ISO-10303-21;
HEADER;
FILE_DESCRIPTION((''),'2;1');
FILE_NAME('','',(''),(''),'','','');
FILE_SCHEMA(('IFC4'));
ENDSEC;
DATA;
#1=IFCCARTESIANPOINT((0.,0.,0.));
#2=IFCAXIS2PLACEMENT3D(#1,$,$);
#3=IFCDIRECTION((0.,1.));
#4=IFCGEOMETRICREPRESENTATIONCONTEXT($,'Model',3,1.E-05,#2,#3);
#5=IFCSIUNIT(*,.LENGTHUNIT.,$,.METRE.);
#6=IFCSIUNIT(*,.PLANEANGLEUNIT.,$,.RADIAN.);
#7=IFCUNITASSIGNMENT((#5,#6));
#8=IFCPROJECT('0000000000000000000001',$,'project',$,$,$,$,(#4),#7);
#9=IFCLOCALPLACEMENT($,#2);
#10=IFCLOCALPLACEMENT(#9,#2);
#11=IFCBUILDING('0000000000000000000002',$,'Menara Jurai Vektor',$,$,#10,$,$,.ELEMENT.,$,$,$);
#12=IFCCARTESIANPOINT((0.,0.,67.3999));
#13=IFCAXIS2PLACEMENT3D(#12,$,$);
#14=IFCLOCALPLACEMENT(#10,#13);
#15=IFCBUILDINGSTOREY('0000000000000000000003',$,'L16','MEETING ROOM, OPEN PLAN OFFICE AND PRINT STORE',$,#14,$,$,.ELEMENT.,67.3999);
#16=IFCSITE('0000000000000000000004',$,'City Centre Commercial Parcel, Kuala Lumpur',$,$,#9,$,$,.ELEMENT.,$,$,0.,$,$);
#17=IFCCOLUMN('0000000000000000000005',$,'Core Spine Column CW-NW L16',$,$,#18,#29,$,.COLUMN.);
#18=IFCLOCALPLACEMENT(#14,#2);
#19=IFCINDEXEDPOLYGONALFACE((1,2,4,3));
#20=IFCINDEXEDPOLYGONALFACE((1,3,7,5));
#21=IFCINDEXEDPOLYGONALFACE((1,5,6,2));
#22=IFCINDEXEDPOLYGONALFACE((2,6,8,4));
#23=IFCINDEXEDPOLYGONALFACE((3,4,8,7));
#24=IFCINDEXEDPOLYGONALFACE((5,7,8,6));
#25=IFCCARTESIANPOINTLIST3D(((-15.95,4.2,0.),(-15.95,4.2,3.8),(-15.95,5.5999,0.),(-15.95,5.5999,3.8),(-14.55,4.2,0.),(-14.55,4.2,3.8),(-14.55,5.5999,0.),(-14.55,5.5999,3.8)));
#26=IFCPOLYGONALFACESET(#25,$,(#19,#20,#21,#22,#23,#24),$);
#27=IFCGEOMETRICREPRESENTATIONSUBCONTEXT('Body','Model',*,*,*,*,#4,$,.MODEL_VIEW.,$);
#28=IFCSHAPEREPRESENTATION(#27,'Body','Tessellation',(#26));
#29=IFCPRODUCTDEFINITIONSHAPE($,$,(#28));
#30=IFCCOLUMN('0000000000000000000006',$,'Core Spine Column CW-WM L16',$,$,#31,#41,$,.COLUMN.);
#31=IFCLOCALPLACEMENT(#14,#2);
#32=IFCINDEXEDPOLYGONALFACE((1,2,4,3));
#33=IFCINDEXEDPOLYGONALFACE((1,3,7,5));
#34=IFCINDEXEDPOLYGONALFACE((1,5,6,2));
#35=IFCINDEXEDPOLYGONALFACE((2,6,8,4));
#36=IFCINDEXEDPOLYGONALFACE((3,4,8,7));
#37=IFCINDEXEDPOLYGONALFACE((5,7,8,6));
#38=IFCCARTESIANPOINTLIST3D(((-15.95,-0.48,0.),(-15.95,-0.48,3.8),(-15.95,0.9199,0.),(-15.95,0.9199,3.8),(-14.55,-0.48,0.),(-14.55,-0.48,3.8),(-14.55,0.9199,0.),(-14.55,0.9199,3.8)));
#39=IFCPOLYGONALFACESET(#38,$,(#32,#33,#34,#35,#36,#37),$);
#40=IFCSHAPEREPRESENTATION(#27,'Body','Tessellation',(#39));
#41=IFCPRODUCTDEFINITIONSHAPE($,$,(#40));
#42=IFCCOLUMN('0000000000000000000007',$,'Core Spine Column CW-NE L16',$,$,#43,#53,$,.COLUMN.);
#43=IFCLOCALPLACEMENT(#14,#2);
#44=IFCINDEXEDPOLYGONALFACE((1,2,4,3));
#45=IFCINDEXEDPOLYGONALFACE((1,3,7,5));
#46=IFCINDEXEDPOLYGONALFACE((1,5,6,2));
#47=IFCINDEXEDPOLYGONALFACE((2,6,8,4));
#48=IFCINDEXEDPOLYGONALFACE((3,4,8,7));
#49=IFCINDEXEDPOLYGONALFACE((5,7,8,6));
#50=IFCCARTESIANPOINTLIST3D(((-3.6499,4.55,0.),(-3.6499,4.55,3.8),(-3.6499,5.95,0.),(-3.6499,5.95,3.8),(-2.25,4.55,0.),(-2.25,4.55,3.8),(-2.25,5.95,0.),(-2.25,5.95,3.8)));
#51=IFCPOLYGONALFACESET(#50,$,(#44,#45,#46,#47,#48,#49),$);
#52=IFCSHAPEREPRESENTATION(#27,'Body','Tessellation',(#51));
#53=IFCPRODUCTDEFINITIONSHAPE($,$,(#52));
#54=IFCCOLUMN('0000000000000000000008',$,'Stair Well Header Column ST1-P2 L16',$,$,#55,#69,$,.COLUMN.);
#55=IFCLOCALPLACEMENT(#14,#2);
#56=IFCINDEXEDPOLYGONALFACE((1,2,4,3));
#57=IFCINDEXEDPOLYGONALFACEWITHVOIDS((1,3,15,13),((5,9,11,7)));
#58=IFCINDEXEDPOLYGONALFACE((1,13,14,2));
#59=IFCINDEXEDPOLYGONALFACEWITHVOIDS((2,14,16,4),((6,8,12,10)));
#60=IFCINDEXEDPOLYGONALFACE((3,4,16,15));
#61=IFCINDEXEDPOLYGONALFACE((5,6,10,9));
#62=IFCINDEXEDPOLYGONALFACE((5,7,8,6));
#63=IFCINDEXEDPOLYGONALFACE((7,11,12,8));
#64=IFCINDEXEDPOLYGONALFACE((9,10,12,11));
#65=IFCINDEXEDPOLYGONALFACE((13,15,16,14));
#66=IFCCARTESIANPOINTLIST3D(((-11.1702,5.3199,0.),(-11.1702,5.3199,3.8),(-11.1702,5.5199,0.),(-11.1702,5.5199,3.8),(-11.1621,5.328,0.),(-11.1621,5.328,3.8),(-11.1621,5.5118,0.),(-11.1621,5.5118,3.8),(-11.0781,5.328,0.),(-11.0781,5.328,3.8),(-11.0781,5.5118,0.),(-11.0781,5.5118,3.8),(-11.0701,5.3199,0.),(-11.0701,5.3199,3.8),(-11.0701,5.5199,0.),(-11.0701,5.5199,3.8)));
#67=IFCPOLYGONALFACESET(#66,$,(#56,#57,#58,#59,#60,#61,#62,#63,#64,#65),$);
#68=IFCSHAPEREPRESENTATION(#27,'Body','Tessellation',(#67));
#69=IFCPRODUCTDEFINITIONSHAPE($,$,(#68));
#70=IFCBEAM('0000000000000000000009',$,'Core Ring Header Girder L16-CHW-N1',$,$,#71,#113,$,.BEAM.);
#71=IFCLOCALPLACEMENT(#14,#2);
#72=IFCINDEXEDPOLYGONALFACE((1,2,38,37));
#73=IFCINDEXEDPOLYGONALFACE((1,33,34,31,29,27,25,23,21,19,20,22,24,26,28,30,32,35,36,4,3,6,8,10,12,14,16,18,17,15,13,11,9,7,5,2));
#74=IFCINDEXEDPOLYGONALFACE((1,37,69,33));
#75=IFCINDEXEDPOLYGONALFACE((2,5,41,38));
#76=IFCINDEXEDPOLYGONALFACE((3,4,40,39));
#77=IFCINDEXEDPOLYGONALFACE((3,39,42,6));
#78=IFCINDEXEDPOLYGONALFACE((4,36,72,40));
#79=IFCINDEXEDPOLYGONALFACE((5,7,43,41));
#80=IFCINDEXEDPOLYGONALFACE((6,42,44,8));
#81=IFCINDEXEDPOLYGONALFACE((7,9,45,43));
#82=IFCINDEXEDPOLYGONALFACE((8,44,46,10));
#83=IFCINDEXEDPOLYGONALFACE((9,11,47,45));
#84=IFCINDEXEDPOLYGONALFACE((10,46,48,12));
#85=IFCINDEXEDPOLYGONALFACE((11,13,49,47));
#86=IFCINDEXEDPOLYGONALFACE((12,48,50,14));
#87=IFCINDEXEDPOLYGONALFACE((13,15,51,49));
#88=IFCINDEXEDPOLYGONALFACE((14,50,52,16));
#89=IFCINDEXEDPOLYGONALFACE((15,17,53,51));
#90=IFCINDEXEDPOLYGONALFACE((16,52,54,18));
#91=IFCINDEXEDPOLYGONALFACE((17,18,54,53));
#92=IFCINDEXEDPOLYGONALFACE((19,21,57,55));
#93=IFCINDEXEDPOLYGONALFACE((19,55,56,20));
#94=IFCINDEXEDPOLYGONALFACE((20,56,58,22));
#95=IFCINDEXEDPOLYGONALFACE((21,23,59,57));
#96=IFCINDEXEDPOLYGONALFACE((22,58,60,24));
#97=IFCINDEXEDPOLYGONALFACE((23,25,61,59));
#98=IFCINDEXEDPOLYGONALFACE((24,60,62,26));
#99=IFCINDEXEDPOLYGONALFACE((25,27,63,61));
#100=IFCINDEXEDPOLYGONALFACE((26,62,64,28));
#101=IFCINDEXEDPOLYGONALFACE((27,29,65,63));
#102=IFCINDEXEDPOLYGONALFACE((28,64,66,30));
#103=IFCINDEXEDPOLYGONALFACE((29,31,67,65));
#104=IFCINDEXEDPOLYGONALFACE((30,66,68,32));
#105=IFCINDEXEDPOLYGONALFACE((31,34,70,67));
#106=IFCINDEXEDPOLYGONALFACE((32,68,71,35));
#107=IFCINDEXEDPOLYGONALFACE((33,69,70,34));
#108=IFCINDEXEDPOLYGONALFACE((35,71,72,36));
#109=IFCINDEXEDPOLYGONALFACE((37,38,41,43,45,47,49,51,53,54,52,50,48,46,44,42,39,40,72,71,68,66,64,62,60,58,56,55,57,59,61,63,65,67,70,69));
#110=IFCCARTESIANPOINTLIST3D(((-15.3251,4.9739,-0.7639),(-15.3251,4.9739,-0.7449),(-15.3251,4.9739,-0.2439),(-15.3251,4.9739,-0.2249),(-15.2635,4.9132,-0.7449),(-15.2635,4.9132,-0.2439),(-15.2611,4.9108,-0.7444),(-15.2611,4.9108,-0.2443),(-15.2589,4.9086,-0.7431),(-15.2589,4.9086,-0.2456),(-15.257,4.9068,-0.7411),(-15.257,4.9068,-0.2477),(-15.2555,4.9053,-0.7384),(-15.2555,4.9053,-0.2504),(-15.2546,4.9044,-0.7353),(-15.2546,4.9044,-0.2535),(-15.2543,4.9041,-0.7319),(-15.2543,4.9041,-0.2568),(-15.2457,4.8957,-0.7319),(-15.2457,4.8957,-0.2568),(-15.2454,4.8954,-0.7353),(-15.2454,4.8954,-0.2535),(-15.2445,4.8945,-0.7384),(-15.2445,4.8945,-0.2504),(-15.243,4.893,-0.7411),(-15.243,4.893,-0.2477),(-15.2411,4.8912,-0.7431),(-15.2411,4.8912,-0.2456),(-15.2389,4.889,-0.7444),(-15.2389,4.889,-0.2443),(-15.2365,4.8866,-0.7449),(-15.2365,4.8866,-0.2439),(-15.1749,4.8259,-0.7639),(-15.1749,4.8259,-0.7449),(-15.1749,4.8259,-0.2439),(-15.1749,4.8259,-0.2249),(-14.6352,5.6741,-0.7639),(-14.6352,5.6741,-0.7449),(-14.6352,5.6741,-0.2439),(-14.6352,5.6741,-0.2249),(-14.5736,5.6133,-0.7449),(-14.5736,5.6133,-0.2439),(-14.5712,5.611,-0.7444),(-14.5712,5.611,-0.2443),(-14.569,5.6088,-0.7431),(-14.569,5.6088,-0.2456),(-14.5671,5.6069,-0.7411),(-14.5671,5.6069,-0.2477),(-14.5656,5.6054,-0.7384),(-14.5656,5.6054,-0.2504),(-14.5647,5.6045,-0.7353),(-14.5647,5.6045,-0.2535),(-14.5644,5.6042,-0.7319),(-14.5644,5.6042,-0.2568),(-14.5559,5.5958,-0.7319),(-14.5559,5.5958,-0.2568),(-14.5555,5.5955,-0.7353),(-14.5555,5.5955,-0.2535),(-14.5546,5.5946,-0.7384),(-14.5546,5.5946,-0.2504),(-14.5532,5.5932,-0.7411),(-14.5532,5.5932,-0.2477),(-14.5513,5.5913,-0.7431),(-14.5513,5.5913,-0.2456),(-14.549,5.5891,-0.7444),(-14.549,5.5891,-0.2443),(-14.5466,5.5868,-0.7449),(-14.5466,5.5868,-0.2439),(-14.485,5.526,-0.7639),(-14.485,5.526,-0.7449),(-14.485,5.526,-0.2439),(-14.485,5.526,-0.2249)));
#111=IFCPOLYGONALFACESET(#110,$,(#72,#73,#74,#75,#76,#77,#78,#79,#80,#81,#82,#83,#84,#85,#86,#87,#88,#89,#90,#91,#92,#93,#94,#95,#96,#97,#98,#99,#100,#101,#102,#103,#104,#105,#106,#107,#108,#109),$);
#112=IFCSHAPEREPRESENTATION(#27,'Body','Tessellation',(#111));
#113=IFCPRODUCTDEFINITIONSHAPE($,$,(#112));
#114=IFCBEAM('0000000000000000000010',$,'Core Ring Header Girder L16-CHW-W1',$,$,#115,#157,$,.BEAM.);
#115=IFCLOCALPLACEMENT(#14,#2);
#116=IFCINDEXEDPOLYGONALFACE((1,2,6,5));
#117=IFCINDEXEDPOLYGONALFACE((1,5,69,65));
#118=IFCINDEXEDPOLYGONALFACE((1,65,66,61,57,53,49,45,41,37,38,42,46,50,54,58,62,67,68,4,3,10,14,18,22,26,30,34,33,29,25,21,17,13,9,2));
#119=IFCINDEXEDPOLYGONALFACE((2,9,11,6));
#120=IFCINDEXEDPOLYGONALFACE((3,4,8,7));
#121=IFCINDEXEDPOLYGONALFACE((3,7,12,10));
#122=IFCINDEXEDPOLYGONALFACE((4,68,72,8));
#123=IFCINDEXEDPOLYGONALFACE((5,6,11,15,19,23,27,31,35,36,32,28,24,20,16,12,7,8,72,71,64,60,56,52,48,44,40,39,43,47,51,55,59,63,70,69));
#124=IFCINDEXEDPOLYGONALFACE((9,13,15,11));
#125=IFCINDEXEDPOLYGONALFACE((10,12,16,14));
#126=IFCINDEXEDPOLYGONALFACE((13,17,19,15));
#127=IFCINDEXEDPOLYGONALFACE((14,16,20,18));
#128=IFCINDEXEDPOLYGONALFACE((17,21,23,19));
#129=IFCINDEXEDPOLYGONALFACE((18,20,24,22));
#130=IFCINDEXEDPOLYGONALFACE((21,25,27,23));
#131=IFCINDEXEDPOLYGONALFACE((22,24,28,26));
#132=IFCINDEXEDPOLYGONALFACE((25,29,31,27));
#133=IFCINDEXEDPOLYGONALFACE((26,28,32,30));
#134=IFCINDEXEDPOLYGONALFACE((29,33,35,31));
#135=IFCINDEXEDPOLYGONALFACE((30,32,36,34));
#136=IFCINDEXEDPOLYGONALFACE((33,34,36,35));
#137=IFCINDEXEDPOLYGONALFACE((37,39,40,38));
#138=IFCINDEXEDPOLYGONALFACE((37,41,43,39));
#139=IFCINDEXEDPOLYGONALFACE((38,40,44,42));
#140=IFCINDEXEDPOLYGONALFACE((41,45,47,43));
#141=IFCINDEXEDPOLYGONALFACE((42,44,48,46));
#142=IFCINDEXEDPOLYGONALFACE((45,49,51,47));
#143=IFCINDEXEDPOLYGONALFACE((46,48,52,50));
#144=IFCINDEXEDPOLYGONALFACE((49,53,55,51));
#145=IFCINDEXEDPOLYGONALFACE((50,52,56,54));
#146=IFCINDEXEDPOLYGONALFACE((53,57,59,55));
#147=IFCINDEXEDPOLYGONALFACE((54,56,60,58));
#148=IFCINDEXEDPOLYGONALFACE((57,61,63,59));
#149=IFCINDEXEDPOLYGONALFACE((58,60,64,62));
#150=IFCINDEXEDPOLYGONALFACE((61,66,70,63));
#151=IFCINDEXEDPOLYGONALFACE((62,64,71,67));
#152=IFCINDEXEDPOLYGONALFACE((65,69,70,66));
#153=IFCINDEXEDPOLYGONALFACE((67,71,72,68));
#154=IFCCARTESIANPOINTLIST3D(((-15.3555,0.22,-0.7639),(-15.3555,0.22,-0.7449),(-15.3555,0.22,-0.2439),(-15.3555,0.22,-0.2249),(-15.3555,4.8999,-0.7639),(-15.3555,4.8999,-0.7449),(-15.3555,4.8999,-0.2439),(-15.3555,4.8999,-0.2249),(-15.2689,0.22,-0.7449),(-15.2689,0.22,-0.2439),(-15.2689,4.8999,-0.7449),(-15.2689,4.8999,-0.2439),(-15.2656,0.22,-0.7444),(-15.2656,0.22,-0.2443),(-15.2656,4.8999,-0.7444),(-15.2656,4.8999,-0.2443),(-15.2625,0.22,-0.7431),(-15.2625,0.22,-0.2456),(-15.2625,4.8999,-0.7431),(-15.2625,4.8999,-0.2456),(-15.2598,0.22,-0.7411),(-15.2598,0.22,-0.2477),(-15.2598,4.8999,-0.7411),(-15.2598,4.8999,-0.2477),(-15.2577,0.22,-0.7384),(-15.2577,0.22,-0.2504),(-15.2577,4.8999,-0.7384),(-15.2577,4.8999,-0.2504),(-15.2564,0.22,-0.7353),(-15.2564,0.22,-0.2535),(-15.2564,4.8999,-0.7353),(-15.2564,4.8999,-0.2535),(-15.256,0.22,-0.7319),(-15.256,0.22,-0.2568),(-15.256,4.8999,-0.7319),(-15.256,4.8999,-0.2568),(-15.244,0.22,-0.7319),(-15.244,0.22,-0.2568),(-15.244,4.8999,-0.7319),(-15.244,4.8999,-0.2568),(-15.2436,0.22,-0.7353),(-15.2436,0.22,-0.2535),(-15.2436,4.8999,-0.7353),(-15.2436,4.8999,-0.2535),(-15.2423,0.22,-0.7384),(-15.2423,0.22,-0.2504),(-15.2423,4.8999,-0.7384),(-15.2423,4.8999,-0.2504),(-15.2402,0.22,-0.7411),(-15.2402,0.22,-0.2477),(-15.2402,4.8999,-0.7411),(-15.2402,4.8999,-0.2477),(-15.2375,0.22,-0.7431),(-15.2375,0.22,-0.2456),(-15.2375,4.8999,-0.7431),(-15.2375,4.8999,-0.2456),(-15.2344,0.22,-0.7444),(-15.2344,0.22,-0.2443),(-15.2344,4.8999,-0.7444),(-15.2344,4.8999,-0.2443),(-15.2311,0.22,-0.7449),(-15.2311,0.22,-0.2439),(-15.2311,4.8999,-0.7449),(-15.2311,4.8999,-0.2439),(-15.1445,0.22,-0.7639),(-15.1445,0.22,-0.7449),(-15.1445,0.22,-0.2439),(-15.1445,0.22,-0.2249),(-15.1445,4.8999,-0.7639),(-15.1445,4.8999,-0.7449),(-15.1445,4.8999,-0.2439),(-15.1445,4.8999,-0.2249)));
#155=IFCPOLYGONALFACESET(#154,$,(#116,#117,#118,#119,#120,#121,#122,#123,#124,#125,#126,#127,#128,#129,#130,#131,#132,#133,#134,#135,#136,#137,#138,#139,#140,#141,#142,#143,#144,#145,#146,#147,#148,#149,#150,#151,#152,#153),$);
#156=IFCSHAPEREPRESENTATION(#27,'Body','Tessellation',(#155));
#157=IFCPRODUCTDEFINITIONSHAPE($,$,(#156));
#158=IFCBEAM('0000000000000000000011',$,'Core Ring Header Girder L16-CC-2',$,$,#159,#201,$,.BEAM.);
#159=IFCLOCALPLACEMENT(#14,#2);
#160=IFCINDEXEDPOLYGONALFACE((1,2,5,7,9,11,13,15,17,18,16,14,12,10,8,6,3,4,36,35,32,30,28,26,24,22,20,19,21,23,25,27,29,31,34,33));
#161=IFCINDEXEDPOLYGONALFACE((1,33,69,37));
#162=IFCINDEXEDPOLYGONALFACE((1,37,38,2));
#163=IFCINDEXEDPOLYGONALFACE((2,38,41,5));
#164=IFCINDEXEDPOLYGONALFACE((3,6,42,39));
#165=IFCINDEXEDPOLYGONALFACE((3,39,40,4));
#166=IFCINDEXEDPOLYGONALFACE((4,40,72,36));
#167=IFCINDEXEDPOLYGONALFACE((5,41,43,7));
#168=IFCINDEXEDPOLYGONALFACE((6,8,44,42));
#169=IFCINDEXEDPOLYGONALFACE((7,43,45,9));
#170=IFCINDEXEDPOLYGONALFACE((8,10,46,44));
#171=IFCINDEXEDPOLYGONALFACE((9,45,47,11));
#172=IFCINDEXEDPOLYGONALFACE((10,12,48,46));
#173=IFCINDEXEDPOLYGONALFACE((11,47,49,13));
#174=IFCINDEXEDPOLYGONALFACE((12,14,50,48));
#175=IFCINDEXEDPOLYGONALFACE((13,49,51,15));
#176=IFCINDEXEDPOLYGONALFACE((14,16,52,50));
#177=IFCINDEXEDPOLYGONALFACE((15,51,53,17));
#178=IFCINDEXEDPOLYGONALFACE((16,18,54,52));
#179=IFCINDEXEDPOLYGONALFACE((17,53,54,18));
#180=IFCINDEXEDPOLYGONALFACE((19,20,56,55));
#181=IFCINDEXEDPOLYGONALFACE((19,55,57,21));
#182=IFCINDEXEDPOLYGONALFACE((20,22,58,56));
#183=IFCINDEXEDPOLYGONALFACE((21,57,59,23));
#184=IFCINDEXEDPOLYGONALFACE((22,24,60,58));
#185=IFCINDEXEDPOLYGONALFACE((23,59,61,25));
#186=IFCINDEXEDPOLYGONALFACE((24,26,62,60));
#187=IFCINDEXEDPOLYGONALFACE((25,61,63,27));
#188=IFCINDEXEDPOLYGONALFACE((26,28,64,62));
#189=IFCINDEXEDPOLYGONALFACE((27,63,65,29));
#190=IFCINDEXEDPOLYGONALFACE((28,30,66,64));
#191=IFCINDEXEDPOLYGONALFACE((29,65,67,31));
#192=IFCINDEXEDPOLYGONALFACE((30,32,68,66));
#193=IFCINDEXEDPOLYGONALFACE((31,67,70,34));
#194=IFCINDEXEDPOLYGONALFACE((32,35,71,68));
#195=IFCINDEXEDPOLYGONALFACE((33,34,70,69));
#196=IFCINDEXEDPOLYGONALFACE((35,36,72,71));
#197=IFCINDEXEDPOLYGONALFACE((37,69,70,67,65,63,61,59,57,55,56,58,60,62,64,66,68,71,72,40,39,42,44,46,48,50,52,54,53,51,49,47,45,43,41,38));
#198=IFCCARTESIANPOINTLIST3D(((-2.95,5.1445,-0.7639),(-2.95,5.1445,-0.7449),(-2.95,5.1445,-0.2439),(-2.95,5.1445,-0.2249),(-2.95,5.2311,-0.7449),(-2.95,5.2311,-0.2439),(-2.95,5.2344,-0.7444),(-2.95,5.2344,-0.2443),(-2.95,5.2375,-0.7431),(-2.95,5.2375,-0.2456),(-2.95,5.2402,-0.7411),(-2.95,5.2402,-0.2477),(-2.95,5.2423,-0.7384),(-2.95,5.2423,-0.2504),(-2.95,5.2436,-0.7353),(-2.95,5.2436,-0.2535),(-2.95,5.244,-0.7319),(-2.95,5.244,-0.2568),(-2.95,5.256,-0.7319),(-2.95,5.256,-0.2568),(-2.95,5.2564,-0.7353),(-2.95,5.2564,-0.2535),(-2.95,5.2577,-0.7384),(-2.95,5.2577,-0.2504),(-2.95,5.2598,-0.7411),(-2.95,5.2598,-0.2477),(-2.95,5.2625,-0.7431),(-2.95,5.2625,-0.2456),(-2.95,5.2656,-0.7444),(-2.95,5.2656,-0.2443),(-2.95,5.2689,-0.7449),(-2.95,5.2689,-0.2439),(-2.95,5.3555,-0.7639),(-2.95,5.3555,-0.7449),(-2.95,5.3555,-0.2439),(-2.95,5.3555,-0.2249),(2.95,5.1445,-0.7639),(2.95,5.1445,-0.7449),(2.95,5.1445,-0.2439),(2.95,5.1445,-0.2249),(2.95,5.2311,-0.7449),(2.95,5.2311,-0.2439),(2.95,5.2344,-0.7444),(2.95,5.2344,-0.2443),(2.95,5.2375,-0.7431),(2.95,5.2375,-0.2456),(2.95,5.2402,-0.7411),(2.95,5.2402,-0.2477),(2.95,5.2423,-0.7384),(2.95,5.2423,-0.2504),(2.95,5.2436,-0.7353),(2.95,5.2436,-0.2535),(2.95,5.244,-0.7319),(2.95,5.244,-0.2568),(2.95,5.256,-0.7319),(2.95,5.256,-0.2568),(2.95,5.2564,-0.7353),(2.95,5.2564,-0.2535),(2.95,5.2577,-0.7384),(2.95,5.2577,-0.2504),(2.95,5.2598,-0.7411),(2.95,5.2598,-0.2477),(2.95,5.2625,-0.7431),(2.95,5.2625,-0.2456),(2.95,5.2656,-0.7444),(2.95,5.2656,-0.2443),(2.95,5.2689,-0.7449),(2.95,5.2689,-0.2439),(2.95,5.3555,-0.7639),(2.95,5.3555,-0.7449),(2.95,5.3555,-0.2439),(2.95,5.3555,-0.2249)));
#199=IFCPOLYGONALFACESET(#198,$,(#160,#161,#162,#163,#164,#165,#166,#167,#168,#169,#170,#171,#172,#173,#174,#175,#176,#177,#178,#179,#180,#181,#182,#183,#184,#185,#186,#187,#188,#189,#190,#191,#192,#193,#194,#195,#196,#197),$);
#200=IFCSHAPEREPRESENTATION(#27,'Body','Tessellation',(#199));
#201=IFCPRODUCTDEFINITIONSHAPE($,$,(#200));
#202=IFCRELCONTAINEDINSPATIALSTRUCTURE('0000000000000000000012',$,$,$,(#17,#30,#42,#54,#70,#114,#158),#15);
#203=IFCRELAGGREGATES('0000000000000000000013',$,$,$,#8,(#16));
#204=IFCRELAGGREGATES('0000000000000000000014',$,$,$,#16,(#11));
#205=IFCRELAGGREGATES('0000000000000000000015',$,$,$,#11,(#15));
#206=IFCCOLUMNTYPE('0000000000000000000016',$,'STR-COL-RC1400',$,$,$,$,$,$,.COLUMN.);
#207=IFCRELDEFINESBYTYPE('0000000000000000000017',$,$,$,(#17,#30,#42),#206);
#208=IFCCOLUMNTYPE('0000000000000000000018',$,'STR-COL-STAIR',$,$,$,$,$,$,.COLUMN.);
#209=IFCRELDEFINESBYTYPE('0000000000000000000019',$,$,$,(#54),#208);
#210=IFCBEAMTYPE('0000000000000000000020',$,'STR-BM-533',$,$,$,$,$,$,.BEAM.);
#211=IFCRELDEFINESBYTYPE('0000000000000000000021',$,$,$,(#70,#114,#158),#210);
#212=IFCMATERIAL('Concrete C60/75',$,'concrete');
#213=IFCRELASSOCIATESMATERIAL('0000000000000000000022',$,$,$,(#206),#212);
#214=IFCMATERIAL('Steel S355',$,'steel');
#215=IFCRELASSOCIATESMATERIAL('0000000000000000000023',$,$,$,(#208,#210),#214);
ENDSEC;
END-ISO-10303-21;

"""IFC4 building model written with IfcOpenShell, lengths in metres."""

from ifc_helpers import new_model, si_unit, direction, frame, origin, origin_2d, place, context, subcontext, project, spatial, rectangle, hollow_rectangle, i_section, extrude, material, material_profile, profile_set, type_object, element, save


model = new_model("IFC4")

# Units and contexts
model_context = context("Model", 3, precision=1e-05, world=origin(), true_north=direction((0.0, 1.0)))
body_context = subcontext(model_context, "Body", "Model", "MODEL_VIEW")
ifc_project = project(units=[si_unit("LENGTHUNIT", "METRE"), si_unit("PLANEANGLEUNIT", "RADIAN")], contexts=[model_context])

# Site, building, storey
site_placement = place(None, origin())
site = spatial("IfcSite", under=ifc_project, at=site_placement, Name="City Centre Commercial Parcel, Kuala Lumpur", CompositionType="ELEMENT", RefElevation=0.0)
building_placement = place(site_placement, origin())
building = spatial("IfcBuilding", under=site, at=building_placement, Name="Menara Jurai Vektor", CompositionType="ELEMENT")
storey_placement = place(building_placement, frame((0.0, 0.0, 67.3999)))
storey = spatial("IfcBuildingStorey", under=building, at=storey_placement, Name="L16", Description="MEETING ROOM, OPEN PLAN OFFICE AND PRINT STORE", CompositionType="ELEMENT", Elevation=67.3999)

# Columns
ifc_material_1 = material(Name="Concrete C60/75", Category="concrete")
ifc_material_profile_1 = material_profile(ifc_material_1, rectangle(XDim=1.3999, YDim=1.3999, at=origin_2d()), Name="RC 1400x1400")
ifc_profile_set_1 = profile_set([ifc_material_profile_1], Name="Concrete C60/75")
column_type_1 = type_object("IfcColumnType", Name="STR-COL-RC1400", PredefinedType="COLUMN", material=ifc_profile_set_1)
for number, where, z_axis, x_axis, name in (
    (1, (-15.25, 4.8999, 0.0), (0.0, 0.0, 1.0), (1.0, 0.0, 0.0), "Core Spine Column CW-NW L16"),
    (2, (-15.25, 0.22, 0.0), (0.0, 0.0, 1.0), (1.0, 0.0, 0.0), "Core Spine Column CW-WM L16"),
    (3, (-2.95, 5.25, 0.0), (0.0, 0.0, 1.0), (1.0, 0.0, 0.0), "Core Spine Column CW-NE L16"),
):
    element("IfcColumn", number, at=place(storey_placement, frame(where, z_axis=z_axis, x_axis=x_axis)), inside=storey, type_object=column_type_1, Name=name, PredefinedType="COLUMN", context=body_context, shape_type="SweptSolid", body=[
        extrude(rectangle(XDim=1.3999, YDim=1.3999, at=origin_2d()), origin(), (0.0, 0.0, 1.0), 3.8),
    ])
ifc_material_2 = material(Name="Steel S355", Category="steel")
ifc_material_profile_2 = material_profile(ifc_material_2, hollow_rectangle(XDim=0.1001, YDim=0.2, WallThickness=0.0081, at=origin_2d()), Name="RHS 200x100x8")
ifc_profile_set_2 = profile_set([ifc_material_profile_2], Name="Steel S355")
column_type_2 = type_object("IfcColumnType", Name="STR-COL-STAIR", PredefinedType="COLUMN", material=ifc_profile_set_2)
column_placement = place(storey_placement, frame((-11.1201, 5.4199, 0.0), z_axis=(0.0, 0.0, 1.0), x_axis=(1.0, 0.0, 0.0)))
element("IfcColumn", 4, at=column_placement, inside=storey, type_object=column_type_2, Name="Stair Well Header Column ST1-P2 L16", PredefinedType="COLUMN", context=body_context, shape_type="SweptSolid", body=[
    extrude(hollow_rectangle(XDim=0.1001, YDim=0.2, WallThickness=0.0081, at=origin_2d()), origin(), (0.0, 0.0, 1.0), 3.8),
])

# Beams
ifc_material_profile_3 = material_profile(ifc_material_2, i_section(OverallWidth=0.2109, OverallDepth=0.5391, WebThickness=0.012, FlangeThickness=0.019, FilletRadius=0.0129, at=origin_2d()), Name="UKB 533x210x109")
ifc_profile_set_3 = profile_set([ifc_material_profile_3], Name="Steel S355")
beam_type_1 = type_object("IfcBeamType", Name="STR-BM-533", PredefinedType="BEAM", material=ifc_profile_set_3)
beam_1_placement = place(storey_placement, frame((-15.25, 4.8999, -0.4944), z_axis=(0.701872, 0.712303, 0.0), x_axis=(-0.712303, 0.701872, 0.0)))
element("IfcBeam", 5, at=beam_1_placement, inside=storey, type_object=beam_type_1, Name="Core Ring Header Girder L16-CHW-N1", PredefinedType="BEAM", context=body_context, shape_type="SweptSolid", body=[
    extrude(i_section(OverallWidth=0.2109, OverallDepth=0.5391, WebThickness=0.012, FlangeThickness=0.019, FilletRadius=0.0129, at=origin_2d()), origin(), (0.0, 0.0, 1.0), 0.9829),
])
beam_2_placement = place(storey_placement, frame((-15.25, 0.22, -0.4944), z_axis=(0.0, 1.0, 0.0), x_axis=(-1.0, 0.0, 0.0)))
element("IfcBeam", 6, at=beam_2_placement, inside=storey, type_object=beam_type_1, Name="Core Ring Header Girder L16-CHW-W1", PredefinedType="BEAM", context=body_context, shape_type="SweptSolid", body=[
    extrude(i_section(OverallWidth=0.2109, OverallDepth=0.5391, WebThickness=0.012, FlangeThickness=0.019, FilletRadius=0.0129, at=origin_2d()), origin(), (0.0, 0.0, 1.0), 4.6799),
])
beam_3_placement = place(storey_placement, frame((-2.95, 5.25, -0.4944), z_axis=(1.0, 0.0, 0.0), x_axis=(0.0, 1.0, 0.0)))
element("IfcBeam", 7, at=beam_3_placement, inside=storey, type_object=beam_type_1, Name="Core Ring Header Girder L16-CC-2", PredefinedType="BEAM", context=body_context, shape_type="SweptSolid", body=[
    extrude(i_section(OverallWidth=0.2109, OverallDepth=0.5391, WebThickness=0.012, FlangeThickness=0.019, FilletRadius=0.0129, at=origin_2d()), origin(), (0.0, 0.0, 1.0), 5.8999),
])

save(model, "model.ifc")
